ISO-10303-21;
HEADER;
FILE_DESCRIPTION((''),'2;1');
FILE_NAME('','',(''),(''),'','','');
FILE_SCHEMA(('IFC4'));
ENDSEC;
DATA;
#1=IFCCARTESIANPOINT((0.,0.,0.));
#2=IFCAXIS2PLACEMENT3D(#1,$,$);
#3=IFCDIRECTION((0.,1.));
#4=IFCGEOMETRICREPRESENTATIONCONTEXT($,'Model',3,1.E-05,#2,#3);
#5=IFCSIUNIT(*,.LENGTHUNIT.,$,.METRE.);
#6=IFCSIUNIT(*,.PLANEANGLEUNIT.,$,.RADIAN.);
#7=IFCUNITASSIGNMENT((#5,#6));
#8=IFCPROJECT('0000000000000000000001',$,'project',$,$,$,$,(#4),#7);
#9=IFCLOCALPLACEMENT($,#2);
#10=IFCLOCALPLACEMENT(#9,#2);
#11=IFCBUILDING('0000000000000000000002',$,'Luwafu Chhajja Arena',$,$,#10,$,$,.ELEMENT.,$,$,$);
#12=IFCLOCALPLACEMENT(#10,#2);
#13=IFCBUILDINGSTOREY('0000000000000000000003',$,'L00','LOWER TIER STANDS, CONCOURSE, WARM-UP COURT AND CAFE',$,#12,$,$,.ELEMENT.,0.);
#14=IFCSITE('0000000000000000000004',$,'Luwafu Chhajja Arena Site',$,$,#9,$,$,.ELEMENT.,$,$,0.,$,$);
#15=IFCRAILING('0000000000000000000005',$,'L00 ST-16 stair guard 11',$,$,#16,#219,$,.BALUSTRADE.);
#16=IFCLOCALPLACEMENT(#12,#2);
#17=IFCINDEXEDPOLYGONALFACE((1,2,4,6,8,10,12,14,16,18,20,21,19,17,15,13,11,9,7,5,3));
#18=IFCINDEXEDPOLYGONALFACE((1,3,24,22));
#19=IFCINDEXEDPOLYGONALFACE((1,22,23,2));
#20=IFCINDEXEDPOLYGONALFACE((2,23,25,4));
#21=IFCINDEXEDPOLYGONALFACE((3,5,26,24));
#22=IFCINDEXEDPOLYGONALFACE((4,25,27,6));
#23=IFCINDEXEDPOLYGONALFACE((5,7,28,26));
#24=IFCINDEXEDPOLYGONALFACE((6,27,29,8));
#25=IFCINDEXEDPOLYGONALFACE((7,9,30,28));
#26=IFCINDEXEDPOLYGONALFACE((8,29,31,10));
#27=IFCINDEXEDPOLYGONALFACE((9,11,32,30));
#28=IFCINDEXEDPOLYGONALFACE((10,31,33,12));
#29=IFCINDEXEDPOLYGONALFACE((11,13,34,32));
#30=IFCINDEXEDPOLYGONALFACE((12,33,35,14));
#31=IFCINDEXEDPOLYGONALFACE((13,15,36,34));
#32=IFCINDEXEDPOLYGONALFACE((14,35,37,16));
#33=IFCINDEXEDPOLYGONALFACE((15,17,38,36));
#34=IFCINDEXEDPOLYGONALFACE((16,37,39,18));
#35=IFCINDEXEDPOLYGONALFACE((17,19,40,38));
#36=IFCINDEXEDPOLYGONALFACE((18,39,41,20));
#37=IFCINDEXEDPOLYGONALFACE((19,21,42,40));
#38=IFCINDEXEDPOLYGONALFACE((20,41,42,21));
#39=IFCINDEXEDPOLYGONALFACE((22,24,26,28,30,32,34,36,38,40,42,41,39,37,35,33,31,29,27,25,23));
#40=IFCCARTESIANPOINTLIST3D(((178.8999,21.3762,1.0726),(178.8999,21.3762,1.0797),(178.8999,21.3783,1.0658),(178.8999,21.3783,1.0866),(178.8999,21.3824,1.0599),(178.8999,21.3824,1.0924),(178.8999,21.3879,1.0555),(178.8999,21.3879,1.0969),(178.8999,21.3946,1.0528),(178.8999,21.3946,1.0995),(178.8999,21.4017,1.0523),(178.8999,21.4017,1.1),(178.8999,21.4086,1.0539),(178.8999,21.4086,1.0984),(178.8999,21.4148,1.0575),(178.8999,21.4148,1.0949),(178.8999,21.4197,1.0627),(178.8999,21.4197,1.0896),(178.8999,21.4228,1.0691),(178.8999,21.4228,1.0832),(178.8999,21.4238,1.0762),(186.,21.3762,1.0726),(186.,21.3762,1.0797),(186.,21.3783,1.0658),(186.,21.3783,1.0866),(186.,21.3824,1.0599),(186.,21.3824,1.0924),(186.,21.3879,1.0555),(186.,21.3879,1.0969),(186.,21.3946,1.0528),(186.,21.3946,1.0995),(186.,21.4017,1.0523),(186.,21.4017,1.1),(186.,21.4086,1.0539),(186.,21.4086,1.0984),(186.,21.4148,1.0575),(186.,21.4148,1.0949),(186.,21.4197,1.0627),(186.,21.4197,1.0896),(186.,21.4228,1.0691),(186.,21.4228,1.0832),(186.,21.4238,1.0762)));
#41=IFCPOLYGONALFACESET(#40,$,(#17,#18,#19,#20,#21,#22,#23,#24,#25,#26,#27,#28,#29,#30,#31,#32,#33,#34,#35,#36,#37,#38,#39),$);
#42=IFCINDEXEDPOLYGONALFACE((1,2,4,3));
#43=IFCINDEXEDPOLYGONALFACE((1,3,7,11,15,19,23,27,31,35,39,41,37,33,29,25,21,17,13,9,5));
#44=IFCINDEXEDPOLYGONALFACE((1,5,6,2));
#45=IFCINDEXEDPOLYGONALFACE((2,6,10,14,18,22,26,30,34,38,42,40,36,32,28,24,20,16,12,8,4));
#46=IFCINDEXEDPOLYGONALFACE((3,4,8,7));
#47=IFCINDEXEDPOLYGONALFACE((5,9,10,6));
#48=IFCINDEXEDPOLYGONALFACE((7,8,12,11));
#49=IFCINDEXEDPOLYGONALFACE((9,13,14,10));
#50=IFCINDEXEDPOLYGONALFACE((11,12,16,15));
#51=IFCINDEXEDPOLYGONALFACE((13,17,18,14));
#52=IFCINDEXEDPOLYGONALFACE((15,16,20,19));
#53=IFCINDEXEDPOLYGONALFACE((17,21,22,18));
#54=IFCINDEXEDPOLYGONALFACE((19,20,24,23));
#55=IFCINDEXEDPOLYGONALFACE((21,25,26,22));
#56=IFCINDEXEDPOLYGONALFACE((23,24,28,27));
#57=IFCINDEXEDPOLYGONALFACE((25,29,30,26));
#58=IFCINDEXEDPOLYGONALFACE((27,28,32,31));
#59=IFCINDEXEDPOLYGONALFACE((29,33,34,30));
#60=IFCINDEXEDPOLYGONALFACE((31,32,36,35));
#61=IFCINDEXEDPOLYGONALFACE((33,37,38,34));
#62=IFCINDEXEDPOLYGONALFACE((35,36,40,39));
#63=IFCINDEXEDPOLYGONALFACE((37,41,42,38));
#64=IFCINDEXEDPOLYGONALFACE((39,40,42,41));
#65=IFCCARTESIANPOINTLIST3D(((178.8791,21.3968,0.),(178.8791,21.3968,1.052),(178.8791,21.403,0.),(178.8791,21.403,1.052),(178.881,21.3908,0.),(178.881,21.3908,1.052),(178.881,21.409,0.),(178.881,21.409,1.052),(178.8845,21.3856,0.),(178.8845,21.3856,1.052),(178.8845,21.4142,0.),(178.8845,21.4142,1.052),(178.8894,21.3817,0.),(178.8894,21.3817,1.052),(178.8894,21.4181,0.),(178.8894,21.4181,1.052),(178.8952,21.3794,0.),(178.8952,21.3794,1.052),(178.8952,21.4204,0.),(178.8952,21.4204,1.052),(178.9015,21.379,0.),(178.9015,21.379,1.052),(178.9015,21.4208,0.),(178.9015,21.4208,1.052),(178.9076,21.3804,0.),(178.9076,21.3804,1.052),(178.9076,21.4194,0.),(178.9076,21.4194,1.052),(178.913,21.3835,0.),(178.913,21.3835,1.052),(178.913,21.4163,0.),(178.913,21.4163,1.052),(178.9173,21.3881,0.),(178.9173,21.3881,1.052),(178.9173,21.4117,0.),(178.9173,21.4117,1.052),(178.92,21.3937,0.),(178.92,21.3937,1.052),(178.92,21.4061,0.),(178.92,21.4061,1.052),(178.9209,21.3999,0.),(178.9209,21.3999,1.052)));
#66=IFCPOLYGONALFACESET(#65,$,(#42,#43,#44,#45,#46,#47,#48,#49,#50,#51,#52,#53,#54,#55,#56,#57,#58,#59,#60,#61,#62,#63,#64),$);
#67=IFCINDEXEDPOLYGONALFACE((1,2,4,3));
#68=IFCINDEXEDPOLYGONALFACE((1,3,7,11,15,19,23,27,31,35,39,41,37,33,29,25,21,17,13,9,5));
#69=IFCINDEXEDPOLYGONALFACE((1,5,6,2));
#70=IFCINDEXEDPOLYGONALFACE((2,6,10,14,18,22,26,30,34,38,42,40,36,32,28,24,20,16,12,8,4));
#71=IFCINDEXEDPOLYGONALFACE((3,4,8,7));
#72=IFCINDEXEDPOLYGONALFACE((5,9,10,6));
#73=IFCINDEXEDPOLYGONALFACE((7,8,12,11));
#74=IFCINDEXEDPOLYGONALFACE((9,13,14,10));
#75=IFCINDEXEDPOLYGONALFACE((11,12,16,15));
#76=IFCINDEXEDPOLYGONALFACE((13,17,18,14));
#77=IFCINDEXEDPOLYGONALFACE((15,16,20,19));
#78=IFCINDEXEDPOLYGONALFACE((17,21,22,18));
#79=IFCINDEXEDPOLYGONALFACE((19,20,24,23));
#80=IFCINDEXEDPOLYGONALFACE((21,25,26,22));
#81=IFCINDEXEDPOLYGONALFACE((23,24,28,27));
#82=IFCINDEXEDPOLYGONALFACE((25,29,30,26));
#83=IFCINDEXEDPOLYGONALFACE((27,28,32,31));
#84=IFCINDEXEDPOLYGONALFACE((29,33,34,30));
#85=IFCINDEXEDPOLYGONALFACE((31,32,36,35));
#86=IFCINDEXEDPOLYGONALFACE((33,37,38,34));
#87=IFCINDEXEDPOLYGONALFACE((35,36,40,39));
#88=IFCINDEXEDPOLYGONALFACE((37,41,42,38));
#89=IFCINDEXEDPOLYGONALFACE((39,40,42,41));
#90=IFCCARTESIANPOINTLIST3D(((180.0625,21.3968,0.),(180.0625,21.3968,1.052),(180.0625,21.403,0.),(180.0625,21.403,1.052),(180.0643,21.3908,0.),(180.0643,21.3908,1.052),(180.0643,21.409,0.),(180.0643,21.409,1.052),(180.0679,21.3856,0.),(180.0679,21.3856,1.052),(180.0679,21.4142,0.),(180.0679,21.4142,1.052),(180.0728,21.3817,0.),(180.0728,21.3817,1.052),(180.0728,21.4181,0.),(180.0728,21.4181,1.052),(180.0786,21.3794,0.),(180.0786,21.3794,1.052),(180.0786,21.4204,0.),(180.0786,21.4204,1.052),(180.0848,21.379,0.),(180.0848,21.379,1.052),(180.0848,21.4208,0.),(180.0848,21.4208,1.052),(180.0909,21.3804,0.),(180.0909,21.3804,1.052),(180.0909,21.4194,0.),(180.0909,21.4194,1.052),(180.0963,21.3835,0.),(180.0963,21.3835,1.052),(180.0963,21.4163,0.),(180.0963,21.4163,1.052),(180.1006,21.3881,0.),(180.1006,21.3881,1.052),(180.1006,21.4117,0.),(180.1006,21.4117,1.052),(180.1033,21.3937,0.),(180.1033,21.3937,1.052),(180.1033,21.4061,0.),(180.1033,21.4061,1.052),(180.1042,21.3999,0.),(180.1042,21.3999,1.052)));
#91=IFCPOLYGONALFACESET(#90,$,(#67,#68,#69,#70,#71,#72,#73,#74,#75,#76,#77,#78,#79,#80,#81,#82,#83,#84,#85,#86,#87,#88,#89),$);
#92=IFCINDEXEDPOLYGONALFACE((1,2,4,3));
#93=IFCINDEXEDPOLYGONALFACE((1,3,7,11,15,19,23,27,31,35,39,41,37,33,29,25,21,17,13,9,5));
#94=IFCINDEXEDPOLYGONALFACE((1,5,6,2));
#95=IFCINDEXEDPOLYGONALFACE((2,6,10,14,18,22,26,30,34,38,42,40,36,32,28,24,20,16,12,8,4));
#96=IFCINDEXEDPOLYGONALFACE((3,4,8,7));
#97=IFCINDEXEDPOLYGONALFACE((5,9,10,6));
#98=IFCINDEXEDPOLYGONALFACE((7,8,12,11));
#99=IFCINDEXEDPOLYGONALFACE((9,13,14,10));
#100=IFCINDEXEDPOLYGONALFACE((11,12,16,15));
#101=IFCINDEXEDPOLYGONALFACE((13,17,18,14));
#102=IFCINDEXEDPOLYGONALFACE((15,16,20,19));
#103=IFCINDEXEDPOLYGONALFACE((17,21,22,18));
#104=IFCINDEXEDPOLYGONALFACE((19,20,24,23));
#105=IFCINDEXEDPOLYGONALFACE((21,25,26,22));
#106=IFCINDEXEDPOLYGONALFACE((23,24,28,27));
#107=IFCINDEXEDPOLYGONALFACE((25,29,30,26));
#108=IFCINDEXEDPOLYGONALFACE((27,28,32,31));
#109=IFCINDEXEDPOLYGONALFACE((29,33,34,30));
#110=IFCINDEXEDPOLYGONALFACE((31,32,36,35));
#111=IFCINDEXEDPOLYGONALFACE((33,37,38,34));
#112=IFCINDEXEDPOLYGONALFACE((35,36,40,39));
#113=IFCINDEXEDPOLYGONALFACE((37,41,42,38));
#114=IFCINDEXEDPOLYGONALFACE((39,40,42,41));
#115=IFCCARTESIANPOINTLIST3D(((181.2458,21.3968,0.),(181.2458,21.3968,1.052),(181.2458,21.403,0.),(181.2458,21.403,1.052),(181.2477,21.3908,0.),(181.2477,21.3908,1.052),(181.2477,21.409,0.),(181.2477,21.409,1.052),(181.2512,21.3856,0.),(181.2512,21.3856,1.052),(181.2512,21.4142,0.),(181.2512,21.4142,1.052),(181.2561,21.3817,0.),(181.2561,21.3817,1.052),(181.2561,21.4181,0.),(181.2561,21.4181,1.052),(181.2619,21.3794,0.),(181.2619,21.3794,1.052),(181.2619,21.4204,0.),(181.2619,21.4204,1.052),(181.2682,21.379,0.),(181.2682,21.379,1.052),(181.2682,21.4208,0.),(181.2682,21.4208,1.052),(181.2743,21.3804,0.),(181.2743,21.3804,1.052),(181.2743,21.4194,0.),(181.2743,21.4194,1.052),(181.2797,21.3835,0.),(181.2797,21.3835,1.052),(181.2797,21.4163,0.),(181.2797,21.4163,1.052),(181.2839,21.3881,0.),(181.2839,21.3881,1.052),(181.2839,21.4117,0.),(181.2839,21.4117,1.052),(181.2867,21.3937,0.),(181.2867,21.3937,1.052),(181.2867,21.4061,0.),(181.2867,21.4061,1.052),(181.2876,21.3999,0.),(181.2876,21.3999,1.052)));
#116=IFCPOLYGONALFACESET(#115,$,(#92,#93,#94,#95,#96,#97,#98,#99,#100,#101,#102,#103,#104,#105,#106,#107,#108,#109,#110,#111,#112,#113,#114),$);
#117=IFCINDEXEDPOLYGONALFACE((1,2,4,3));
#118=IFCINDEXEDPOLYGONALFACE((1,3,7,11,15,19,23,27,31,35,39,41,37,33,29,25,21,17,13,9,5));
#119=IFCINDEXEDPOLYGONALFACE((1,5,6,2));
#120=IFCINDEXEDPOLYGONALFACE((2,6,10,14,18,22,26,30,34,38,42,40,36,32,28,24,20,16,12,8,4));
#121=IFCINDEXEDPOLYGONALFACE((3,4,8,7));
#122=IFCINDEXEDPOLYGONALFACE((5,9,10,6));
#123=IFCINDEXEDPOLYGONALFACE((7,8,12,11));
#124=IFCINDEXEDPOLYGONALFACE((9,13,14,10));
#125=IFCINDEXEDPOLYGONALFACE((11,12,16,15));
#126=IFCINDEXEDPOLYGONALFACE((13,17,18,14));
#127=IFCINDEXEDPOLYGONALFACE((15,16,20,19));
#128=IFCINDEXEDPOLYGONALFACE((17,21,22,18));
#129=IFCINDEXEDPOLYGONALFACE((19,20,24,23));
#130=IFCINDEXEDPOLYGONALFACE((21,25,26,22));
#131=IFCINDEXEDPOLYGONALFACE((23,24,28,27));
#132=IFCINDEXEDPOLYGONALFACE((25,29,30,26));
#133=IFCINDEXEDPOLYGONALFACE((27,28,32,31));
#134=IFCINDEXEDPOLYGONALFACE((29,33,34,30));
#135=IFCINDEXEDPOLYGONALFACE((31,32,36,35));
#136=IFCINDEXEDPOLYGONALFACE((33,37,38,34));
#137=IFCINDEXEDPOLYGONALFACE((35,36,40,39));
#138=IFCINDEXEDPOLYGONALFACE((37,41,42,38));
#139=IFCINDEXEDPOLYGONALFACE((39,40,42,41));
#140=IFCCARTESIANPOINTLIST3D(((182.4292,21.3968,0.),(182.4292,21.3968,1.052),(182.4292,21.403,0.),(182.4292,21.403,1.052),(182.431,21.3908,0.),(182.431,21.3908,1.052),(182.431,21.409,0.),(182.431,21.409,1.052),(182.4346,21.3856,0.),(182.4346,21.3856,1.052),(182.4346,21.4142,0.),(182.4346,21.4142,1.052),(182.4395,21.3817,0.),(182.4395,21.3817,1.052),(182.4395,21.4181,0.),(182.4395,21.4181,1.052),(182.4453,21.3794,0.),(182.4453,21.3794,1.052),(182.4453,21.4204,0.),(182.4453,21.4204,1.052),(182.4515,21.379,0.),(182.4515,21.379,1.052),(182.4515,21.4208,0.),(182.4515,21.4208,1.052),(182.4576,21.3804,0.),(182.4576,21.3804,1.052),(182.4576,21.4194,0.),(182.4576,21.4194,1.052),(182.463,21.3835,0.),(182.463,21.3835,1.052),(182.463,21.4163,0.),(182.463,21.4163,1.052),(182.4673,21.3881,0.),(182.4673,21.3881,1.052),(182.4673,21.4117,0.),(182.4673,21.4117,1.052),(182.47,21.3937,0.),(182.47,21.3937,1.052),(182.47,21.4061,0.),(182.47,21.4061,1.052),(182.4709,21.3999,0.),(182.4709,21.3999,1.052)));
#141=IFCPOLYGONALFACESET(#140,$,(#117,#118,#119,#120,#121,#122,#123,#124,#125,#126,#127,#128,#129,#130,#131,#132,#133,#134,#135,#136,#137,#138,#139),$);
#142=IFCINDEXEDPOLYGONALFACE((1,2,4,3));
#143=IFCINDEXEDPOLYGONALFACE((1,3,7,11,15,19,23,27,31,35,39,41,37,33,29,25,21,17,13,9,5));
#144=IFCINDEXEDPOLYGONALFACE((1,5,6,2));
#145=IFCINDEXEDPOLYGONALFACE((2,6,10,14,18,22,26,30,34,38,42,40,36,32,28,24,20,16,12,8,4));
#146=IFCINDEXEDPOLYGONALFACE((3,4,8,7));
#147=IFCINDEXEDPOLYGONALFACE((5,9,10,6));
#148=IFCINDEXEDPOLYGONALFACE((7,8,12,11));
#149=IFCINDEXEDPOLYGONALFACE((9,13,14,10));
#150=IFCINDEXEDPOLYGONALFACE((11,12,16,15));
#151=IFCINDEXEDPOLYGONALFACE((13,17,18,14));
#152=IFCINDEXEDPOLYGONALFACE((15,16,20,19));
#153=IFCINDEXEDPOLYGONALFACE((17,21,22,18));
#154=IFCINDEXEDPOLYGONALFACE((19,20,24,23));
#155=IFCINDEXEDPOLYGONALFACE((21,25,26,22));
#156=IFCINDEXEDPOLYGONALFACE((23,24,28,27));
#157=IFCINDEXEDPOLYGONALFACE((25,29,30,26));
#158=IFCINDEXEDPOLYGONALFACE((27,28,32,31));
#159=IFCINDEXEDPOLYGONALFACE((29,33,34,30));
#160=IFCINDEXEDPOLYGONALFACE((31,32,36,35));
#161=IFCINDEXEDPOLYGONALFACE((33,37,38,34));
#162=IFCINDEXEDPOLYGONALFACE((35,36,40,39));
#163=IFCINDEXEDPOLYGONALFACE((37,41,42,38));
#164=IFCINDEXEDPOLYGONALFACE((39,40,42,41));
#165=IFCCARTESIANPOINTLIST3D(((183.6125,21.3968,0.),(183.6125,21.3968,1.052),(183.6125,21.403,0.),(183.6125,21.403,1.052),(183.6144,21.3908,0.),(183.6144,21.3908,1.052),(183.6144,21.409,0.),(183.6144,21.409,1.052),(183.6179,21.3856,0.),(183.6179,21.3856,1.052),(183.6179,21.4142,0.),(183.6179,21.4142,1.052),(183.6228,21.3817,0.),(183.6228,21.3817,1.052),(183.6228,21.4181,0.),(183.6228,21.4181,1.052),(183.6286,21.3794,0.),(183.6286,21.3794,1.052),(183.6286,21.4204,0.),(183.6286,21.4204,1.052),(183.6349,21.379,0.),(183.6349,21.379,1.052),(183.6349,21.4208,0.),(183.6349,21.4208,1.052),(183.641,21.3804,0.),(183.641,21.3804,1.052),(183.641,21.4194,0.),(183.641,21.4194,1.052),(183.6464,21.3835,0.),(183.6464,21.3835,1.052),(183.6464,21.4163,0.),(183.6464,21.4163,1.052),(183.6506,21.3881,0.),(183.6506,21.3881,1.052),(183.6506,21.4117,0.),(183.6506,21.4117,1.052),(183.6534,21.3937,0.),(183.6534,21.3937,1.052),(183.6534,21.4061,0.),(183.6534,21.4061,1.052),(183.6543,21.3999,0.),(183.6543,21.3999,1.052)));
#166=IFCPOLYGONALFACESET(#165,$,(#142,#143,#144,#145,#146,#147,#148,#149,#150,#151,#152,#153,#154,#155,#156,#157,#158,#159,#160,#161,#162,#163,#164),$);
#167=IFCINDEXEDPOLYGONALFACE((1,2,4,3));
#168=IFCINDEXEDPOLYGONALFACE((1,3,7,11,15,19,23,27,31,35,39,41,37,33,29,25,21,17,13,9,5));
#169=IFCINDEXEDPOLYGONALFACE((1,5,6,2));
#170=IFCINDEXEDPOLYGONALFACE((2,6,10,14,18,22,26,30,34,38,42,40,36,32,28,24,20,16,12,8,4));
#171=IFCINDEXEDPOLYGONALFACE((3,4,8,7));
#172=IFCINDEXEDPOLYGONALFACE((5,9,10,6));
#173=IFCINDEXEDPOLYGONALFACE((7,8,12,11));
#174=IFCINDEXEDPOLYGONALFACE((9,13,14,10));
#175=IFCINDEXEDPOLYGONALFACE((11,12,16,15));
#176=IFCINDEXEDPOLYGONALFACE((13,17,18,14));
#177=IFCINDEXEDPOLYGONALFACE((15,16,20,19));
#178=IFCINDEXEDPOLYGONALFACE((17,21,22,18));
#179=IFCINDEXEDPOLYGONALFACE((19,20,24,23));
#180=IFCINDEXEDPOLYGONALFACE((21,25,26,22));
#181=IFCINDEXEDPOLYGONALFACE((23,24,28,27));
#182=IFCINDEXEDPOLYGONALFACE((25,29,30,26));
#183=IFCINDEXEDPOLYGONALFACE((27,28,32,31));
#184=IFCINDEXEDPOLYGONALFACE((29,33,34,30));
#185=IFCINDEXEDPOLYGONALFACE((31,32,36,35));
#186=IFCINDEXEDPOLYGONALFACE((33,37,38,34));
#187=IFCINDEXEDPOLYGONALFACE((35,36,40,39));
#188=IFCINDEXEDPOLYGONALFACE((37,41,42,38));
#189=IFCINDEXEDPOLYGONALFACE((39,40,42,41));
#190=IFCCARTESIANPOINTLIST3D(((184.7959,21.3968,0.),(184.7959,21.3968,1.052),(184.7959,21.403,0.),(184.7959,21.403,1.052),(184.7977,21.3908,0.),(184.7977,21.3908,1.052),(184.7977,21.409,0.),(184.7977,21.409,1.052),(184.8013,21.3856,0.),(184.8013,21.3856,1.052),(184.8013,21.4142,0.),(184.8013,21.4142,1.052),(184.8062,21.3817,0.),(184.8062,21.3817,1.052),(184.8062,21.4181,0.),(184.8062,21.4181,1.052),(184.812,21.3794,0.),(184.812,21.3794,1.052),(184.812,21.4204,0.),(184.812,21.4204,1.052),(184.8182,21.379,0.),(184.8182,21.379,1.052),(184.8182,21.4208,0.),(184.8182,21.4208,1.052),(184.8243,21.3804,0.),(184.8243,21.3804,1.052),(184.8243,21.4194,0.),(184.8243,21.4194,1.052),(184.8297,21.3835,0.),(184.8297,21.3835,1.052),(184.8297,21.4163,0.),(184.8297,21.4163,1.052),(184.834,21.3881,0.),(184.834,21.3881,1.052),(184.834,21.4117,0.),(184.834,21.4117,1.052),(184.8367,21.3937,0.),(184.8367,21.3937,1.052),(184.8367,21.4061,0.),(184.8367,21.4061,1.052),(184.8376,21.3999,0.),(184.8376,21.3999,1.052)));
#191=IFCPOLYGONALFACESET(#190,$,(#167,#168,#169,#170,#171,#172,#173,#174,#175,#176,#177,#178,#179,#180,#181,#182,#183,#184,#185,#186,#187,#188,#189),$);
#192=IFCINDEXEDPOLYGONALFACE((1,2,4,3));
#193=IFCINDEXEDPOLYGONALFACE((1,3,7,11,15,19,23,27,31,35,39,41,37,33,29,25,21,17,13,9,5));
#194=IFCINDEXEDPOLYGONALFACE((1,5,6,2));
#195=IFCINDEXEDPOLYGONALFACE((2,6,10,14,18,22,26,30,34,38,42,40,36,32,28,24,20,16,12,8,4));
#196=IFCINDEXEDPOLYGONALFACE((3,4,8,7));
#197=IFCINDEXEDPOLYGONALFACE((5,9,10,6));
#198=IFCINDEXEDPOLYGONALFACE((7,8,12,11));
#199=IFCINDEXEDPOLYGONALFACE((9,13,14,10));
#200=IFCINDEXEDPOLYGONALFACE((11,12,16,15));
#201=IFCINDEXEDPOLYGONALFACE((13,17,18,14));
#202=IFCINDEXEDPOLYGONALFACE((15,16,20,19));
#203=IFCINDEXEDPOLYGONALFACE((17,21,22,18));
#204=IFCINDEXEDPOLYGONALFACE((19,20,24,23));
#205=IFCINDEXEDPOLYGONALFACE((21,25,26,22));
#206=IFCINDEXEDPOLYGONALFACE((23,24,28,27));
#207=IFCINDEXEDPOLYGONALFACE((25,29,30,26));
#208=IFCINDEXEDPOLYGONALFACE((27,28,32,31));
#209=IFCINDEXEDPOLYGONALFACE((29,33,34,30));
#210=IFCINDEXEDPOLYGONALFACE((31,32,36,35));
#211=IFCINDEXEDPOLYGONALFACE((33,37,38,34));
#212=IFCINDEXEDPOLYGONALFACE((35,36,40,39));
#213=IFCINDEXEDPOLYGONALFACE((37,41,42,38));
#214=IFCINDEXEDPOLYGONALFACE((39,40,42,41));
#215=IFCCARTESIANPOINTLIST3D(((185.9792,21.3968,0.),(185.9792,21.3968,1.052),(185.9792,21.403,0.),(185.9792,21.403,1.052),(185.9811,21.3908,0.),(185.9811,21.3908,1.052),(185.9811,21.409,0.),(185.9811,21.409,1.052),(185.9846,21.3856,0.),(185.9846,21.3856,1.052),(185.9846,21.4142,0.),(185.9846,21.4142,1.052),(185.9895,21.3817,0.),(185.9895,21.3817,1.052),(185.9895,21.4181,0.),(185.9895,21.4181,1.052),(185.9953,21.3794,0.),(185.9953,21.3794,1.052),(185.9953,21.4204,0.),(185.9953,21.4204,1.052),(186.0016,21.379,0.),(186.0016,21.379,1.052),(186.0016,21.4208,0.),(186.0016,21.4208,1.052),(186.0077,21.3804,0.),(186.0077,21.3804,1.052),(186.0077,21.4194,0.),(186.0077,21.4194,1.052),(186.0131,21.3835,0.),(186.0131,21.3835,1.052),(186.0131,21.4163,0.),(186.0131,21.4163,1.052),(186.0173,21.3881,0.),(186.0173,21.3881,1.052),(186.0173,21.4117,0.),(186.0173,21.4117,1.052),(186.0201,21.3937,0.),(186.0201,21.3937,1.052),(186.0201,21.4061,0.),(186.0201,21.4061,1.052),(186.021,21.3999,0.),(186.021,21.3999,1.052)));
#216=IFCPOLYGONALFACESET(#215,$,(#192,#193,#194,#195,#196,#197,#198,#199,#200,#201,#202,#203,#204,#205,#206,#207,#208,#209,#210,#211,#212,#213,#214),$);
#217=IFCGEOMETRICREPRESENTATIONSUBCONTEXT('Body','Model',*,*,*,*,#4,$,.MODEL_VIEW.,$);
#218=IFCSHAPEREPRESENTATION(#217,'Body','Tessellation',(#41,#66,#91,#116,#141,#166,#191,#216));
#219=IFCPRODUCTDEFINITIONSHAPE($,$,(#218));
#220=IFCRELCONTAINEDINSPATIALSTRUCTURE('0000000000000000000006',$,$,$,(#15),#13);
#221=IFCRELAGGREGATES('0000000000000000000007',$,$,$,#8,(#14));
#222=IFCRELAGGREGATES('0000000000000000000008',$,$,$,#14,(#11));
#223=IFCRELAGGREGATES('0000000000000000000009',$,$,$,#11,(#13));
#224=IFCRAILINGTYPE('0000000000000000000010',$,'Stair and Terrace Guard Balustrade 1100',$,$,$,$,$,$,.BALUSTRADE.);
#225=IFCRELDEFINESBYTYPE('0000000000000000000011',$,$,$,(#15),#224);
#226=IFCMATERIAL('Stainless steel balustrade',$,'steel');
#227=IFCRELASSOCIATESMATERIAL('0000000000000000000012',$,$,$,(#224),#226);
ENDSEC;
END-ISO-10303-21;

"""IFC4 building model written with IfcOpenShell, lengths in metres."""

from ifc_helpers import new_model, si_unit, direction, frame, origin, origin_2d, place, context, subcontext, project, spatial, circle, extrude, material, type_object, element, save


model = new_model("IFC4")

# Units and contexts
model_context = context("Model", 3, precision=1e-05, world=origin(), true_north=direction((0.0, 1.0)))
body_context = subcontext(model_context, "Body", "Model", "MODEL_VIEW")
ifc_project = project(units=[si_unit("LENGTHUNIT", "METRE"), si_unit("PLANEANGLEUNIT", "RADIAN")], contexts=[model_context])

# Site, building, storey
site_placement = place(None, origin())
site = spatial("IfcSite", under=ifc_project, at=site_placement, Name="Luwafu Chhajja Arena Site", CompositionType="ELEMENT", RefElevation=0.0)
building_placement = place(site_placement, origin())
building = spatial("IfcBuilding", under=site, at=building_placement, Name="Luwafu Chhajja Arena", CompositionType="ELEMENT")
storey_placement = place(building_placement, origin())
storey = spatial("IfcBuildingStorey", under=building, at=storey_placement, Name="L00", Description="LOWER TIER STANDS, CONCOURSE, WARM-UP COURT AND CAFE", CompositionType="ELEMENT", Elevation=0.0)

# Railing
ifc_material_1 = material(Name="Stainless steel balustrade", Category="steel")
railing_type_1 = type_object("IfcRailingType", Name="Stair and Terrace Guard Balustrade 1100", PredefinedType="BALUSTRADE", material=ifc_material_1)
for number, where, name in (
    (1, (178.8999, 21.3999, 0.0), "L00 ST-16 stair guard 11"),
):
    element("IfcRailing", number, at=place(storey_placement, frame(where)), inside=storey, type_object=railing_type_1, Name=name, PredefinedType="BALUSTRADE", context=body_context, shape_type="SweptSolid", body=[
        extrude(circle(Radius=0.0239, at=origin_2d()), frame((0.0, 0.0, 1.0762), z_axis=(1.0, 0.0, 0.0), x_axis=(0.0, 1.0, 0.0)), (0.0, 0.0, 1.0), 7.1001),
        extrude(circle(Radius=0.021, at=origin_2d()), origin(), (0.0, 0.0, 1.0), 1.052),
        extrude(circle(Radius=0.021, at=origin_2d()), frame((1.1833, 0.0, 0.0)), (0.0, 0.0, 1.0), 1.052),
        extrude(circle(Radius=0.021, at=origin_2d()), frame((2.3667, 0.0, 0.0)), (0.0, 0.0, 1.0), 1.052),
        extrude(circle(Radius=0.021, at=origin_2d()), frame((3.55, 0.0, 0.0)), (0.0, 0.0, 1.0), 1.052),
        extrude(circle(Radius=0.021, at=origin_2d()), frame((4.7334, 0.0, 0.0)), (0.0, 0.0, 1.0), 1.052),
        extrude(circle(Radius=0.021, at=origin_2d()), frame((5.9167, 0.0, 0.0)), (0.0, 0.0, 1.0), 1.052),
        extrude(circle(Radius=0.021, at=origin_2d()), frame((7.1001, 0.0, 0.0)), (0.0, 0.0, 1.0), 1.052),
    ])

save(model, "model.ifc")
